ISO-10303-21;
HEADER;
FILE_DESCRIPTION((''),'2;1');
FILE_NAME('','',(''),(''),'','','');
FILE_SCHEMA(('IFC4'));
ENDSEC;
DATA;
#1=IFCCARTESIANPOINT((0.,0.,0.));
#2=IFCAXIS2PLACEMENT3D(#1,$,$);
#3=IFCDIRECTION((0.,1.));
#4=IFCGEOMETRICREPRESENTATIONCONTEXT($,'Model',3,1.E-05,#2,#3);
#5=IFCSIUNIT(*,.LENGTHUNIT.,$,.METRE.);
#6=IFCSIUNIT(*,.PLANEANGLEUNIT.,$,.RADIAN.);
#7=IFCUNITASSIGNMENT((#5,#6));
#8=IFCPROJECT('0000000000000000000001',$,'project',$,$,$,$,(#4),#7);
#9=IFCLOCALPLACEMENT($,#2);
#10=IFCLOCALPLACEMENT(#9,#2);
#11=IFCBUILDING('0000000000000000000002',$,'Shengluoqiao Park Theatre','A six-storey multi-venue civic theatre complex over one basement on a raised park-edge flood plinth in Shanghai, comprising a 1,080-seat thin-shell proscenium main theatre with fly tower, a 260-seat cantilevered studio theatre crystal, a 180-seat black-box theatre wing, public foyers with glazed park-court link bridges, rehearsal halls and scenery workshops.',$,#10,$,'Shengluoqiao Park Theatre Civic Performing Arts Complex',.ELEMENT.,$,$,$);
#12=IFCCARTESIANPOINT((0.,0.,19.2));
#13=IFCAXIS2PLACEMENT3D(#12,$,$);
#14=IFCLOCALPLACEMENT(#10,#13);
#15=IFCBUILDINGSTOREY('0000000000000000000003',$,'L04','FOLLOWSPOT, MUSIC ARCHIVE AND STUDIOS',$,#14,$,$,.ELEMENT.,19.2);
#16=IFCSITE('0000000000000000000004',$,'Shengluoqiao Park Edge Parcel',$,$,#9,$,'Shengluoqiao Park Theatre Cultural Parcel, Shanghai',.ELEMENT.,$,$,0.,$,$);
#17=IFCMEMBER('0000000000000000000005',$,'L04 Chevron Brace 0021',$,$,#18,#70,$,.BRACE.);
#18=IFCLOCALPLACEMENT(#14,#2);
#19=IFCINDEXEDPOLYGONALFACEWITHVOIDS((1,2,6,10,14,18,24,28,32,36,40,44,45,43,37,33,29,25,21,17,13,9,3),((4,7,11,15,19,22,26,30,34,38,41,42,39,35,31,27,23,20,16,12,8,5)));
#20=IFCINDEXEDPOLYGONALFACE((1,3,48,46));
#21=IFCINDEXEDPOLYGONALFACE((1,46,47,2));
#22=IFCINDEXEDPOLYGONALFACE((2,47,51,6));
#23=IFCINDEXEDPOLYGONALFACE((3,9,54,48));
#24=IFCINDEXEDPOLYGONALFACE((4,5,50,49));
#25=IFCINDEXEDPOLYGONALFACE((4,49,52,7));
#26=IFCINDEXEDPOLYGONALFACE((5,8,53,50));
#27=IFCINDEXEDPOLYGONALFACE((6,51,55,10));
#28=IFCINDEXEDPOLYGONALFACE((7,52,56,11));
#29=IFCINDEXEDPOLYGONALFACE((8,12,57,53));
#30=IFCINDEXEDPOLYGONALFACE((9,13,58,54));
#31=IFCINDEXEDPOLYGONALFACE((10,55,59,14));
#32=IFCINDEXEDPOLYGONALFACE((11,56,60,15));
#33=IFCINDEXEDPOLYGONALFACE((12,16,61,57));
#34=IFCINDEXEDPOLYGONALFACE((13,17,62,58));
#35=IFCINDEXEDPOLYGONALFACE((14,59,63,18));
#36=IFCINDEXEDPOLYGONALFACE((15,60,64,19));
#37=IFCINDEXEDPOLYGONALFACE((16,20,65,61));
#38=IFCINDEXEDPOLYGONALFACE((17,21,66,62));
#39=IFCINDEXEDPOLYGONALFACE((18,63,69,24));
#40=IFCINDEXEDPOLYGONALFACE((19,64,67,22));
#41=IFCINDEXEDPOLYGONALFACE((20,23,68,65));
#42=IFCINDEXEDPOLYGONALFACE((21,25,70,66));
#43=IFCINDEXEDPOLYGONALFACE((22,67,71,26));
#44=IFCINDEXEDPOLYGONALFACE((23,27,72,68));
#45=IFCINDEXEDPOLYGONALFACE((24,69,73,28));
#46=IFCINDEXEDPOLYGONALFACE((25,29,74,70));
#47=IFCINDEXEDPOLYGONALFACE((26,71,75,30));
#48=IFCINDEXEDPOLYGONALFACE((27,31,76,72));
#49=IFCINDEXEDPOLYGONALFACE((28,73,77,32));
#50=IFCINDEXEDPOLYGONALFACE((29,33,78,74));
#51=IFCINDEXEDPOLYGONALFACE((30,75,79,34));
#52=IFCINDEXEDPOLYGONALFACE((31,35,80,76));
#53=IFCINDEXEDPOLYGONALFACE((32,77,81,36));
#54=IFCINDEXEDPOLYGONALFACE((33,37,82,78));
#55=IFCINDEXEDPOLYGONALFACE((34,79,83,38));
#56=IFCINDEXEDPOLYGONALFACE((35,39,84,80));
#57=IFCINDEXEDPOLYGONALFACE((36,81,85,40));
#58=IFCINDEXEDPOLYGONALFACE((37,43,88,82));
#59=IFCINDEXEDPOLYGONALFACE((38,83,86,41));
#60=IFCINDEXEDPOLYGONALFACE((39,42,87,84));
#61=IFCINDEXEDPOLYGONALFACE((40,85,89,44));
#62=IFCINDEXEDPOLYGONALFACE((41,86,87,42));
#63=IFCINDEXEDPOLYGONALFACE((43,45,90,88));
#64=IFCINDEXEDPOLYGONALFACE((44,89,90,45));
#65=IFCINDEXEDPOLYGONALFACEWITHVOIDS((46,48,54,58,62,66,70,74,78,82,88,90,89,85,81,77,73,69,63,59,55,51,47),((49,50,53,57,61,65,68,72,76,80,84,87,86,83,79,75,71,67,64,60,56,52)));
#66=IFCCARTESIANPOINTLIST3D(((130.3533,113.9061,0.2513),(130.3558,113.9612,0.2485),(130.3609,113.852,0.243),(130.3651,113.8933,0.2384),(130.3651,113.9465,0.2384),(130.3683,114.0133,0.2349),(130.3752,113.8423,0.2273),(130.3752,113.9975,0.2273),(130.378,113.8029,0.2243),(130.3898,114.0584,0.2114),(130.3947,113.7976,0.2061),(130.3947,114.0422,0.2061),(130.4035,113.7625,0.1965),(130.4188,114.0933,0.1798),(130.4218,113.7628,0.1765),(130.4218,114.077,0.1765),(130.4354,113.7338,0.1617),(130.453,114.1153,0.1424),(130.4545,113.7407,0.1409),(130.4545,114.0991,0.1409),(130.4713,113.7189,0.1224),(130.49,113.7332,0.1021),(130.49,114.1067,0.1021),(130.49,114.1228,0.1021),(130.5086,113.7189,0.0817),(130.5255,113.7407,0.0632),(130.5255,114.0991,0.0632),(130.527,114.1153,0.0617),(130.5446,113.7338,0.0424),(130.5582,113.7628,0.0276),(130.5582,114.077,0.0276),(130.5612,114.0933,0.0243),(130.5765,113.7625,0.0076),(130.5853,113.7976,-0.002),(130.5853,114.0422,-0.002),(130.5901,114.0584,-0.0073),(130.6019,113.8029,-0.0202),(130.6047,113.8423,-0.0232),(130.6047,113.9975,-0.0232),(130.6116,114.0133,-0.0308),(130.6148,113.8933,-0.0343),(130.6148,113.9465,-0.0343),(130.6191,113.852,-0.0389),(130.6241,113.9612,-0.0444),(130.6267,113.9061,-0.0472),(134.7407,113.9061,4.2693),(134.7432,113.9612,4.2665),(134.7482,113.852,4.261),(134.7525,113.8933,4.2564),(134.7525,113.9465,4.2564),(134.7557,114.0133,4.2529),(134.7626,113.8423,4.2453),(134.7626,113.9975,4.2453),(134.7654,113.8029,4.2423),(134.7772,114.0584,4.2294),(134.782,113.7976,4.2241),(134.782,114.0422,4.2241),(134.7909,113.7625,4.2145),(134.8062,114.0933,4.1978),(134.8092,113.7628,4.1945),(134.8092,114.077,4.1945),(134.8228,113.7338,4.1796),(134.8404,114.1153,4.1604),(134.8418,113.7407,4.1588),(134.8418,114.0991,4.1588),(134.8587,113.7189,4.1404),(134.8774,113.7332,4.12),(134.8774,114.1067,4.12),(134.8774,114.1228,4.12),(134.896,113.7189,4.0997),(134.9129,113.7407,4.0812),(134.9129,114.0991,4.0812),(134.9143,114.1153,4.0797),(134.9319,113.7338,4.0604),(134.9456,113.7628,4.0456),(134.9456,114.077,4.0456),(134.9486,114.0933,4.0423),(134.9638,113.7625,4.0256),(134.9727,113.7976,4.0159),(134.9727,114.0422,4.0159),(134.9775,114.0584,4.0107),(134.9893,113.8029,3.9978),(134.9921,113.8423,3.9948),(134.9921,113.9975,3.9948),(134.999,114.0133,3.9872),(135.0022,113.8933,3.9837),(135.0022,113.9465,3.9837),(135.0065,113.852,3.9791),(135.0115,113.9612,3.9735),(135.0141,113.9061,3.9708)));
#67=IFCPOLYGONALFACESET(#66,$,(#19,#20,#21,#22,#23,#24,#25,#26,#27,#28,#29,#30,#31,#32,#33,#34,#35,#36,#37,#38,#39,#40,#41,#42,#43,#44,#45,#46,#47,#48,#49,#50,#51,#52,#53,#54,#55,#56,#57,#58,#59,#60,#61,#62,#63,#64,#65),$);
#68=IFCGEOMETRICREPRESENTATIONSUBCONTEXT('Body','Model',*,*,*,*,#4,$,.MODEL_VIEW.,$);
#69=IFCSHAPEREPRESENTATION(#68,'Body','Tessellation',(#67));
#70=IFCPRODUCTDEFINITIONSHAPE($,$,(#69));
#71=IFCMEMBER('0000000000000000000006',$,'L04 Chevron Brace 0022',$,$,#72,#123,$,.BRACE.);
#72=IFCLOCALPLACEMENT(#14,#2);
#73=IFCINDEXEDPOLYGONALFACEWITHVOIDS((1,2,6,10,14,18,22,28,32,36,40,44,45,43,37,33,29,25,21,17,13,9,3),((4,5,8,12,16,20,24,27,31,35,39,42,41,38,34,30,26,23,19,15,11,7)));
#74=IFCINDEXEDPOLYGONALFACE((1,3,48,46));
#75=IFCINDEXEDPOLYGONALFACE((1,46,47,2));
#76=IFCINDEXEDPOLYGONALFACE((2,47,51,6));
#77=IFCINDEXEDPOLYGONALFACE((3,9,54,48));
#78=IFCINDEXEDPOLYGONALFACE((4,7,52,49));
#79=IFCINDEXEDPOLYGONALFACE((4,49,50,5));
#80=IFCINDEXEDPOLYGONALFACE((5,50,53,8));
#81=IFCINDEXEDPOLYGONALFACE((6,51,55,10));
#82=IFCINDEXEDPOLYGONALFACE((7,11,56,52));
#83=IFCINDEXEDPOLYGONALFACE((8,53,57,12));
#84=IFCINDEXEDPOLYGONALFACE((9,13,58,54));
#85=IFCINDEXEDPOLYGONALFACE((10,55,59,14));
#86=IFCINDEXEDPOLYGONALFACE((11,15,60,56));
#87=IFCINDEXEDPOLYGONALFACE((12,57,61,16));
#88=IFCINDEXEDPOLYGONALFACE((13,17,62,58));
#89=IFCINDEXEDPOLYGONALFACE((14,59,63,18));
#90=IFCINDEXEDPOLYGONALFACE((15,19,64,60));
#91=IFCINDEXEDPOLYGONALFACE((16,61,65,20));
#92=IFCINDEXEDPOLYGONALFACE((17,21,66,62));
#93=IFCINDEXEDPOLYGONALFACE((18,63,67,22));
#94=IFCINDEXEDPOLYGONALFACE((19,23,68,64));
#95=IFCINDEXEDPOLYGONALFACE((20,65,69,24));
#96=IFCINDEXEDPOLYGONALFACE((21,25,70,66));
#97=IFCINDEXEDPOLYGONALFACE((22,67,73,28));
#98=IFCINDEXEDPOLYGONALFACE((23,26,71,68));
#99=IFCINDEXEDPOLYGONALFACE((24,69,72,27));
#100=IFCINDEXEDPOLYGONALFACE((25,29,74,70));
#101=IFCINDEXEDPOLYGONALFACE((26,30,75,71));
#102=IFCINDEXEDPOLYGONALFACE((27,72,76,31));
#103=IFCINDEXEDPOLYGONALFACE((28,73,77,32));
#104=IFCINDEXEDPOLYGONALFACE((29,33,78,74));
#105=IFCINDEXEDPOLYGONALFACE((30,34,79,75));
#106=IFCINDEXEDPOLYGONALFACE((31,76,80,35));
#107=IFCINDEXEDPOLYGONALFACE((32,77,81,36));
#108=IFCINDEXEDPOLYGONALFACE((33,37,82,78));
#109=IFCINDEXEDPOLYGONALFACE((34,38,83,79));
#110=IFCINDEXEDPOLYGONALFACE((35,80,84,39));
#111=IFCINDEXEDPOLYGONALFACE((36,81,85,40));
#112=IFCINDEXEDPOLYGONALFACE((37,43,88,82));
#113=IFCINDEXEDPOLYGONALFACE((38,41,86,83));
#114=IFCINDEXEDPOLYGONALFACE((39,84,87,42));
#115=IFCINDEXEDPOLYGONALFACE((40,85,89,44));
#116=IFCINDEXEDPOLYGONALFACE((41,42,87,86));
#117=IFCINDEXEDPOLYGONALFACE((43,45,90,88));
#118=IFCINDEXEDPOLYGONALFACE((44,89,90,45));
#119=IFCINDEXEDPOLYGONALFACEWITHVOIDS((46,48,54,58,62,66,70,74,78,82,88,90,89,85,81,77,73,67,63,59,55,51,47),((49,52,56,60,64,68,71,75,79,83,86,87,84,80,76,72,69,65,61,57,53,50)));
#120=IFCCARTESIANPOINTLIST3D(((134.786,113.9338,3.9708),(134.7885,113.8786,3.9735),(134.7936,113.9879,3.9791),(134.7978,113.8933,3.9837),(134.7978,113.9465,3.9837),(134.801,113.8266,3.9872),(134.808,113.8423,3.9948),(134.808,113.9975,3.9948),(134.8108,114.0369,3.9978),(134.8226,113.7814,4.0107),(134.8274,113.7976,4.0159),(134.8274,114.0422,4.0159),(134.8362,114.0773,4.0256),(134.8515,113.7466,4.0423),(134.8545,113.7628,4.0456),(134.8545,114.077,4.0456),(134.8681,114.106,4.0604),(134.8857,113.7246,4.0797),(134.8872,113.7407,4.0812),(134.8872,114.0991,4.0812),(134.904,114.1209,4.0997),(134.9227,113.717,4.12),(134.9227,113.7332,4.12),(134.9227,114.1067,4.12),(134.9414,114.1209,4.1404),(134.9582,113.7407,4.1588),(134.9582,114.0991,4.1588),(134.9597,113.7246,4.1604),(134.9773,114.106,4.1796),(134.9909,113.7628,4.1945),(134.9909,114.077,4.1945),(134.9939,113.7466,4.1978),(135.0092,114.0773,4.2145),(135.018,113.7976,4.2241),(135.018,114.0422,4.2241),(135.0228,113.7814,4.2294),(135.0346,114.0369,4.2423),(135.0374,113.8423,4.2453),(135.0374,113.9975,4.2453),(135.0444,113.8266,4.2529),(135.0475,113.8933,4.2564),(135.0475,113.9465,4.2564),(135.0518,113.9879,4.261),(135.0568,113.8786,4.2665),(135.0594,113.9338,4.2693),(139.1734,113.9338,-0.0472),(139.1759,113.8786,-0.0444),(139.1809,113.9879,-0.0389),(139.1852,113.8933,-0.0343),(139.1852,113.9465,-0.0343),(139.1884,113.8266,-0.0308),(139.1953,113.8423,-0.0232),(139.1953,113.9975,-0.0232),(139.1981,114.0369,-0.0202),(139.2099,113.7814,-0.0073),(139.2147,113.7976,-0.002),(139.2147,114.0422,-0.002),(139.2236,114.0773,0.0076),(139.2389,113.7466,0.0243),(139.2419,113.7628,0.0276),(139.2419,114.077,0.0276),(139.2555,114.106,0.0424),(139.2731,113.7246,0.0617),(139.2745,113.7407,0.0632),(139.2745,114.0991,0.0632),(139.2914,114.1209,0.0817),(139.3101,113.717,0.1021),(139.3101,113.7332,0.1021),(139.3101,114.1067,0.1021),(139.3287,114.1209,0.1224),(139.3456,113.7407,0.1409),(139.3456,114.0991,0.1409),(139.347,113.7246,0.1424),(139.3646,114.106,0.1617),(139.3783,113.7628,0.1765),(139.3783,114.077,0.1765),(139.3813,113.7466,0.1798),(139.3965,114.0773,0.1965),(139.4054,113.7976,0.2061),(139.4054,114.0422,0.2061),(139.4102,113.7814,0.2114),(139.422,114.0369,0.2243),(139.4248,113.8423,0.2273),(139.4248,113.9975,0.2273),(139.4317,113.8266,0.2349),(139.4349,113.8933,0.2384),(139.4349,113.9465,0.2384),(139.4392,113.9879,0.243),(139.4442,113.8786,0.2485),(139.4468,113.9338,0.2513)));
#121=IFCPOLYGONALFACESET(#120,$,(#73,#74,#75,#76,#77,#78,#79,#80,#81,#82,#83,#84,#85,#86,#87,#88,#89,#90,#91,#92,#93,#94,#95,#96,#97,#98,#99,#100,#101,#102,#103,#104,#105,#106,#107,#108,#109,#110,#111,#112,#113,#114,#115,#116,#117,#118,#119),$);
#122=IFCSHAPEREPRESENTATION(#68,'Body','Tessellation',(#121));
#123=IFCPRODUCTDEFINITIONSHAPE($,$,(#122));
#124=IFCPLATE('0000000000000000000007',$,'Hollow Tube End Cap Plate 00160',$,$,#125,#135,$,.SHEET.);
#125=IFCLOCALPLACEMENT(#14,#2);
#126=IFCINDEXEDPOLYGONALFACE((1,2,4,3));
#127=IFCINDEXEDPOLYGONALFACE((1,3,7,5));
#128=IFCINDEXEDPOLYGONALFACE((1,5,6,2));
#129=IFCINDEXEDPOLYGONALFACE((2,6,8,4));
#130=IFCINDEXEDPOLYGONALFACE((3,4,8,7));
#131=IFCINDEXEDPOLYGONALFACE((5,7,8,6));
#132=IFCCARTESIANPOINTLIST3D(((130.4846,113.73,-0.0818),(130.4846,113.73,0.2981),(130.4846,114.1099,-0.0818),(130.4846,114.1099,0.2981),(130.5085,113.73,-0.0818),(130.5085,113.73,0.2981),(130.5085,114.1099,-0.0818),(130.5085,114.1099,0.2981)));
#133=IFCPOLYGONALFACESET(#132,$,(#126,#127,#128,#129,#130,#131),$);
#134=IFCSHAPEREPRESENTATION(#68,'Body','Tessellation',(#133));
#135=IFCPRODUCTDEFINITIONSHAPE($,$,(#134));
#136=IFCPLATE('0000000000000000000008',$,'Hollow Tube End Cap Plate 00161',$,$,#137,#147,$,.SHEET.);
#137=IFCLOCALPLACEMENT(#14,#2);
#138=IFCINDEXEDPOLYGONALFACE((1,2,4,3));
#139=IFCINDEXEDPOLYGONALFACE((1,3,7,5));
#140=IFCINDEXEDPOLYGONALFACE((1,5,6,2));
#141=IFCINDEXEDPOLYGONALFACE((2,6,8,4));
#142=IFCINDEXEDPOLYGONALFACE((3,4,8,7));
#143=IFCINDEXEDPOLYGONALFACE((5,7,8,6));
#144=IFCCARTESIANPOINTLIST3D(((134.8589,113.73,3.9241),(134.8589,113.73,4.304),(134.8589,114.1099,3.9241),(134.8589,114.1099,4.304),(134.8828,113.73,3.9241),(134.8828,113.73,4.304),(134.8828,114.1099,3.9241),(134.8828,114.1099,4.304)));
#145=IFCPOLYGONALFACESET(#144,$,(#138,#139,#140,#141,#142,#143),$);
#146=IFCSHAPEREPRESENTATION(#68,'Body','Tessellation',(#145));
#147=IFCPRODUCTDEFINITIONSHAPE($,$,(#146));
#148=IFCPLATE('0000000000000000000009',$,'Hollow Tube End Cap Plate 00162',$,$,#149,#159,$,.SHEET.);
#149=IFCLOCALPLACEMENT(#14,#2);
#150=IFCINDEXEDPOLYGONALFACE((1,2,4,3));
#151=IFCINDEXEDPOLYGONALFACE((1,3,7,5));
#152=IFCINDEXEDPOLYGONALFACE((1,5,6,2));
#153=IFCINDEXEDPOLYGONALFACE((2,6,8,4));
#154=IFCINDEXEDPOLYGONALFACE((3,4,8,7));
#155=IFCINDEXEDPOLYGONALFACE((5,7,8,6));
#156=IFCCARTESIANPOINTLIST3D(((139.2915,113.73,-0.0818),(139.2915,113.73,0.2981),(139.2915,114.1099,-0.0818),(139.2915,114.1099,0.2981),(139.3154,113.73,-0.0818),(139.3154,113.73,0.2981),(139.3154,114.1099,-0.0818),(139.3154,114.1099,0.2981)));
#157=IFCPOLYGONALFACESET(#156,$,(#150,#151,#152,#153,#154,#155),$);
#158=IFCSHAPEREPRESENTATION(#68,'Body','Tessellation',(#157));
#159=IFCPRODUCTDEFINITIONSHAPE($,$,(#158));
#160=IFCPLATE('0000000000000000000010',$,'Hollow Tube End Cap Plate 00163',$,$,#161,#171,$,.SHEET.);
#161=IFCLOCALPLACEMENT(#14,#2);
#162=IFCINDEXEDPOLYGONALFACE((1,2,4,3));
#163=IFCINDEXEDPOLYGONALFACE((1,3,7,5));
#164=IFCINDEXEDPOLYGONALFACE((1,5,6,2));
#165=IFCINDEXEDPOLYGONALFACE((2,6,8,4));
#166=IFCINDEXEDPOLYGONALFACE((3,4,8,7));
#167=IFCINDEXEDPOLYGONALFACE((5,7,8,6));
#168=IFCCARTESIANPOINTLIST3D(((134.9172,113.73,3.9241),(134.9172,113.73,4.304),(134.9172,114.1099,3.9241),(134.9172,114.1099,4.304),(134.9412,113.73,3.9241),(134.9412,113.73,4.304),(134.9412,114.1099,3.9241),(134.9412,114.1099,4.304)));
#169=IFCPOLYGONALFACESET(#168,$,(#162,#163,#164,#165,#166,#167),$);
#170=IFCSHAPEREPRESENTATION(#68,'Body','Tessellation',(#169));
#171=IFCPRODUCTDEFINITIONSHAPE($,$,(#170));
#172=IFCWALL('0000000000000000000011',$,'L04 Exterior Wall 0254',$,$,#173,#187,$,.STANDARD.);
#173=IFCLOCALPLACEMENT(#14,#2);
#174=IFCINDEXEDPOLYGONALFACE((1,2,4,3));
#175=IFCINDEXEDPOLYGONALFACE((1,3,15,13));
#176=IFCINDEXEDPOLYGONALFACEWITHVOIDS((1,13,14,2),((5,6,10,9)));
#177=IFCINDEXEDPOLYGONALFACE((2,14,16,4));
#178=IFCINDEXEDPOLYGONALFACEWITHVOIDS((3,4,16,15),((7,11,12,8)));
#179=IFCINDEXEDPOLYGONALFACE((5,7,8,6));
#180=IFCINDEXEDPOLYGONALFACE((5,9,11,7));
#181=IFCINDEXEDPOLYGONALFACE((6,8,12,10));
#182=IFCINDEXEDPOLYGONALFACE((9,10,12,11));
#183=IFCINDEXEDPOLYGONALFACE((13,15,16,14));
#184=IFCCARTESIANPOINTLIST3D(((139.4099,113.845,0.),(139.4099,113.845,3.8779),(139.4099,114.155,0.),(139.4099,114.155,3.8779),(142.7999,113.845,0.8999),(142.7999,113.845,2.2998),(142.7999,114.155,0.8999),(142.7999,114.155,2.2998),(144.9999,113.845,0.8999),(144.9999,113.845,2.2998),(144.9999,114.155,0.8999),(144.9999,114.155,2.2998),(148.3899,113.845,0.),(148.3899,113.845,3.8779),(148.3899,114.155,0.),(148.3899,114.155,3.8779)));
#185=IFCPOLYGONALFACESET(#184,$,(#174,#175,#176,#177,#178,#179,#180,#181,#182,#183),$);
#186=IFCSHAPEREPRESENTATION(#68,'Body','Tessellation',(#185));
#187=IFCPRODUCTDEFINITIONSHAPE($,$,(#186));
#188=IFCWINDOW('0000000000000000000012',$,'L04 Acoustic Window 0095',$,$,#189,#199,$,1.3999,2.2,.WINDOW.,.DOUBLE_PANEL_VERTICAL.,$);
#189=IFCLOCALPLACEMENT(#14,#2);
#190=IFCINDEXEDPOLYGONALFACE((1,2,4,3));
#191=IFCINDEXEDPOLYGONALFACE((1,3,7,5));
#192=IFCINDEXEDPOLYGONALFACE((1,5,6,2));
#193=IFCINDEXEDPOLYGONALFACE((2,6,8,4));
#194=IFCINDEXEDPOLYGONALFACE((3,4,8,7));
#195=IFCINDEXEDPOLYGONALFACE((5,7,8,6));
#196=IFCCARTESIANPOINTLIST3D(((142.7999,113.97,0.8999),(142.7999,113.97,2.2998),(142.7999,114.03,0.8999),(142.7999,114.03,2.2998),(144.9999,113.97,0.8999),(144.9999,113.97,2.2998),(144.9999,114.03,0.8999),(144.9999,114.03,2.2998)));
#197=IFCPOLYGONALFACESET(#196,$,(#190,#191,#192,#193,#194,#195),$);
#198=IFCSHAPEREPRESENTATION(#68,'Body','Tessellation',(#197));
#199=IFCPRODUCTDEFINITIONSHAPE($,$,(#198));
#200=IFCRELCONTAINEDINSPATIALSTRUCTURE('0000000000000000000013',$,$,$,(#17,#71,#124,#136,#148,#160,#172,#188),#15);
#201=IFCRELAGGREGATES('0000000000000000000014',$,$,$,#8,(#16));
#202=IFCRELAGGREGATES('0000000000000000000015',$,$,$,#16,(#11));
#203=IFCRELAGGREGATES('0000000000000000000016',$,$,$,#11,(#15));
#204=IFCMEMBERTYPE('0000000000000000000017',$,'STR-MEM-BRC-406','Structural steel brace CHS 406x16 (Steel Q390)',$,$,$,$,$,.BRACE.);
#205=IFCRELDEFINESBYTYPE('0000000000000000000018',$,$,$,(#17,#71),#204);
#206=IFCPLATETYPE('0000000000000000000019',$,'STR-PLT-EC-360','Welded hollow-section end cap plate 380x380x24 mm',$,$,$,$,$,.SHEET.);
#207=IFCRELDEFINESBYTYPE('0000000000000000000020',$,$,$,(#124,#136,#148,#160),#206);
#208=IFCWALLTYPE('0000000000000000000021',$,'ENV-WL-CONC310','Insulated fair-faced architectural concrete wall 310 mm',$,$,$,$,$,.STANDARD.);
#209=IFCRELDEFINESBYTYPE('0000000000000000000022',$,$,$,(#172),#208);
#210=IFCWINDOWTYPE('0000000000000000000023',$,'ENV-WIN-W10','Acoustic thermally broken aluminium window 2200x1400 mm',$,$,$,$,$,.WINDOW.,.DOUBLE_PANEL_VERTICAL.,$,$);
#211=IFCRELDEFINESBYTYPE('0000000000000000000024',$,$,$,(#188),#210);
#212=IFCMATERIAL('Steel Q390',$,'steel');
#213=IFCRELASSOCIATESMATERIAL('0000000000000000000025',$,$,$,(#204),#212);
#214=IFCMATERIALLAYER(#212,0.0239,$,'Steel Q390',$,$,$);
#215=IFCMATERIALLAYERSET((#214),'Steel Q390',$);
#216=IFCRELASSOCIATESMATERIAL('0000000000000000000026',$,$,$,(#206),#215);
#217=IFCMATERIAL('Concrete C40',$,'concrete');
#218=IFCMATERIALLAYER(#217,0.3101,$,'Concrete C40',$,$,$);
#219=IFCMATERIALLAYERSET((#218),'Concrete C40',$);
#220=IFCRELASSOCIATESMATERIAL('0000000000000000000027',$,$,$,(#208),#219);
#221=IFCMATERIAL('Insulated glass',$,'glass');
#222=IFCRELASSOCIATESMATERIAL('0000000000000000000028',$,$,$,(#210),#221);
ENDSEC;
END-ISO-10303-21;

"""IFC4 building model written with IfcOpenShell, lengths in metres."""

from ifc_helpers import new_model, si_unit, direction, frame, frame_2d, origin, origin_2d, place, context, subcontext, project, spatial, rectangle, hollow_circle, extrude, material, layer, layer_set, material_profile, profile_set, type_object, element, fill, save


model = new_model("IFC4")

# Units and contexts
model_context = context("Model", 3, precision=1e-05, world=origin(), true_north=direction((0.0, 1.0)))
body_context = subcontext(model_context, "Body", "Model", "MODEL_VIEW")
ifc_project = project(units=[si_unit("LENGTHUNIT", "METRE"), si_unit("PLANEANGLEUNIT", "RADIAN")], contexts=[model_context])

# Site, building, storey
site_placement = place(None, origin())
site = spatial("IfcSite", under=ifc_project, at=site_placement, Name="Shengluoqiao Park Edge Parcel", LongName="Shengluoqiao Park Theatre Cultural Parcel, Shanghai", CompositionType="ELEMENT", RefElevation=0.0)
building_placement = place(site_placement, origin())
building = spatial("IfcBuilding", under=site, at=building_placement, Name="Shengluoqiao Park Theatre", Description="A six-storey multi-venue civic theatre complex over one basement on a raised park-edge flood plinth in Shanghai, comprising a 1,080-seat thin-shell proscenium main theatre with fly tower, a 260-seat cantilevered studio theatre crystal, a 180-seat black-box theatre wing, public foyers with glazed park-court link bridges, rehearsal halls and scenery workshops.", LongName="Shengluoqiao Park Theatre Civic Performing Arts Complex", CompositionType="ELEMENT")
storey_placement = place(building_placement, frame((0.0, 0.0, 19.2)))
storey = spatial("IfcBuildingStorey", under=building, at=storey_placement, Name="L04", Description="FOLLOWSPOT, MUSIC ARCHIVE AND STUDIOS", CompositionType="ELEMENT", Elevation=19.2)

# Members
ifc_material_1 = material(Name="Steel Q390", Category="steel")
ifc_material_profile_1 = material_profile(ifc_material_1, hollow_circle(Radius=0.2029, WallThickness=0.0161, at=origin_2d()), Name="CHS 406x16")
ifc_profile_set_1 = profile_set([ifc_material_profile_1], Name="Steel Q390")
member_type = type_object("IfcMemberType", Name="STR-MEM-BRC-406", Description="Structural steel brace CHS 406x16 (Steel Q390)", PredefinedType="BRACE", material=ifc_profile_set_1)
for number, where, z_axis, x_axis, name in (
    (1, (130.49, 113.9199, 0.1021), (0.737469, 0.0, 0.675381), (0.0, 1.0, 0.0), "L04 Chevron Brace 0021"),
    (2, (139.3101, 113.9199, 0.1021), (-0.737469, 0.0, 0.675381), (0.0, -1.0, 0.0), "L04 Chevron Brace 0022"),
):
    element("IfcMember", number, at=place(storey_placement, frame(where, z_axis=z_axis, x_axis=x_axis)), inside=storey, type_object=member_type, Name=name, PredefinedType="BRACE", context=body_context, shape_type="SweptSolid", body=[
        extrude(hollow_circle(Radius=0.2029, WallThickness=0.0161, at=origin_2d()), origin(), (0.0, 0.0, 1.0), 5.9492),
    ])

# Plates
ifc_layer_1 = layer(ifc_material_1, 0.0239, Name="Steel Q390")
ifc_layer_set_1 = layer_set([ifc_layer_1], Name="Steel Q390")
plate_type = type_object("IfcPlateType", Name="STR-PLT-EC-360", Description="Welded hollow-section end cap plate 380x380x24 mm", PredefinedType="SHEET", material=ifc_layer_set_1)
for number, where, z_axis, x_axis, name in (
    (3, (130.4966, 113.9199, -0.0818), (0.0, 0.0, 1.0), (1.0, 0.0, 0.0), "Hollow Tube End Cap Plate 00160"),
    (4, (134.8708, 113.9199, 3.9241), (0.0, 0.0, 1.0), (1.0, 0.0, 0.0), "Hollow Tube End Cap Plate 00161"),
    (5, (139.3035, 113.9199, -0.0818), (0.0, 0.0, 1.0), (-1.0, 0.0, 0.0), "Hollow Tube End Cap Plate 00162"),
    (6, (134.9292, 113.9199, 3.9241), (0.0, 0.0, 1.0), (-1.0, 0.0, 0.0), "Hollow Tube End Cap Plate 00163"),
):
    element("IfcPlate", number, at=place(storey_placement, frame(where, z_axis=z_axis, x_axis=x_axis)), inside=storey, type_object=plate_type, Name=name, PredefinedType="SHEET", context=body_context, shape_type="SweptSolid", body=[
        extrude(rectangle(XDim=0.0239, YDim=0.3799, at=origin_2d()), origin(), (0.0, 0.0, 1.0), 0.3799),
    ])

# Wall, opening, window
ifc_material_2 = material(Name="Concrete C40", Category="concrete")
ifc_layer_2 = layer(ifc_material_2, 0.3101, Name="Concrete C40")
ifc_layer_set_2 = layer_set([ifc_layer_2], Name="Concrete C40")
wall_type_1 = type_object("IfcWallType", Name="ENV-WL-CONC310", Description="Insulated fair-faced architectural concrete wall 310 mm", PredefinedType="STANDARD", material=ifc_layer_set_2)
wall_1_placement = place(storey_placement, frame((139.4099, 114.0, 0.0), z_axis=(0.0, 0.0, 1.0), x_axis=(1.0, 0.0, 0.0)))
wall_1 = element("IfcWall", 7, at=wall_1_placement, inside=storey, type_object=wall_type_1, Name="L04 Exterior Wall 0254", PredefinedType="STANDARD", context=body_context, shape_type="SweptSolid", body=[
    extrude(rectangle(XDim=8.98, YDim=0.3101, at=frame_2d((4.49, 0.0))), origin(), (0.0, 0.0, 1.0), 3.8779),
])
opening_placement = place(wall_1_placement, frame((3.3899, 0.0, 0.8999)))
opening = element("IfcOpeningElement", 8, at=opening_placement, cuts=wall_1, PredefinedType="OPENING", context=body_context, shape_type="SweptSolid", body=[
    extrude(rectangle(XDim=2.2, YDim=1.3999, at=frame_2d((1.1001, 0.7))), frame((0.0, 0.165, 0.0), z_axis=(0.0, -1.0, 0.0), x_axis=(1.0, 0.0, 0.0)), (0.0, 0.0, 1.0), 0.3301),
])
ifc_material_3 = material(Name="Insulated glass", Category="glass")
window_type = type_object("IfcWindowType", Name="ENV-WIN-W10", Description="Acoustic thermally broken aluminium window 2200x1400 mm", PartitioningType="DOUBLE_PANEL_VERTICAL", PredefinedType="WINDOW", material=ifc_material_3)
window_placement = place(opening_placement, origin())
window = element("IfcWindow", 9, at=window_placement, inside=storey, type_object=window_type, Name="L04 Acoustic Window 0095", OverallHeight=1.3999, OverallWidth=2.2, PartitioningType="DOUBLE_PANEL_VERTICAL", PredefinedType="WINDOW", context=body_context, shape_type="SweptSolid", body=[
    extrude(rectangle(XDim=2.2, YDim=1.3999, at=frame_2d((1.1001, 0.7))), frame((0.0, 0.03, 0.0), z_axis=(0.0, -1.0, 0.0), x_axis=(1.0, 0.0, 0.0)), (0.0, 0.0, 1.0), 0.0601),
])
fill(opening, window)

save(model, "model.ifc")
